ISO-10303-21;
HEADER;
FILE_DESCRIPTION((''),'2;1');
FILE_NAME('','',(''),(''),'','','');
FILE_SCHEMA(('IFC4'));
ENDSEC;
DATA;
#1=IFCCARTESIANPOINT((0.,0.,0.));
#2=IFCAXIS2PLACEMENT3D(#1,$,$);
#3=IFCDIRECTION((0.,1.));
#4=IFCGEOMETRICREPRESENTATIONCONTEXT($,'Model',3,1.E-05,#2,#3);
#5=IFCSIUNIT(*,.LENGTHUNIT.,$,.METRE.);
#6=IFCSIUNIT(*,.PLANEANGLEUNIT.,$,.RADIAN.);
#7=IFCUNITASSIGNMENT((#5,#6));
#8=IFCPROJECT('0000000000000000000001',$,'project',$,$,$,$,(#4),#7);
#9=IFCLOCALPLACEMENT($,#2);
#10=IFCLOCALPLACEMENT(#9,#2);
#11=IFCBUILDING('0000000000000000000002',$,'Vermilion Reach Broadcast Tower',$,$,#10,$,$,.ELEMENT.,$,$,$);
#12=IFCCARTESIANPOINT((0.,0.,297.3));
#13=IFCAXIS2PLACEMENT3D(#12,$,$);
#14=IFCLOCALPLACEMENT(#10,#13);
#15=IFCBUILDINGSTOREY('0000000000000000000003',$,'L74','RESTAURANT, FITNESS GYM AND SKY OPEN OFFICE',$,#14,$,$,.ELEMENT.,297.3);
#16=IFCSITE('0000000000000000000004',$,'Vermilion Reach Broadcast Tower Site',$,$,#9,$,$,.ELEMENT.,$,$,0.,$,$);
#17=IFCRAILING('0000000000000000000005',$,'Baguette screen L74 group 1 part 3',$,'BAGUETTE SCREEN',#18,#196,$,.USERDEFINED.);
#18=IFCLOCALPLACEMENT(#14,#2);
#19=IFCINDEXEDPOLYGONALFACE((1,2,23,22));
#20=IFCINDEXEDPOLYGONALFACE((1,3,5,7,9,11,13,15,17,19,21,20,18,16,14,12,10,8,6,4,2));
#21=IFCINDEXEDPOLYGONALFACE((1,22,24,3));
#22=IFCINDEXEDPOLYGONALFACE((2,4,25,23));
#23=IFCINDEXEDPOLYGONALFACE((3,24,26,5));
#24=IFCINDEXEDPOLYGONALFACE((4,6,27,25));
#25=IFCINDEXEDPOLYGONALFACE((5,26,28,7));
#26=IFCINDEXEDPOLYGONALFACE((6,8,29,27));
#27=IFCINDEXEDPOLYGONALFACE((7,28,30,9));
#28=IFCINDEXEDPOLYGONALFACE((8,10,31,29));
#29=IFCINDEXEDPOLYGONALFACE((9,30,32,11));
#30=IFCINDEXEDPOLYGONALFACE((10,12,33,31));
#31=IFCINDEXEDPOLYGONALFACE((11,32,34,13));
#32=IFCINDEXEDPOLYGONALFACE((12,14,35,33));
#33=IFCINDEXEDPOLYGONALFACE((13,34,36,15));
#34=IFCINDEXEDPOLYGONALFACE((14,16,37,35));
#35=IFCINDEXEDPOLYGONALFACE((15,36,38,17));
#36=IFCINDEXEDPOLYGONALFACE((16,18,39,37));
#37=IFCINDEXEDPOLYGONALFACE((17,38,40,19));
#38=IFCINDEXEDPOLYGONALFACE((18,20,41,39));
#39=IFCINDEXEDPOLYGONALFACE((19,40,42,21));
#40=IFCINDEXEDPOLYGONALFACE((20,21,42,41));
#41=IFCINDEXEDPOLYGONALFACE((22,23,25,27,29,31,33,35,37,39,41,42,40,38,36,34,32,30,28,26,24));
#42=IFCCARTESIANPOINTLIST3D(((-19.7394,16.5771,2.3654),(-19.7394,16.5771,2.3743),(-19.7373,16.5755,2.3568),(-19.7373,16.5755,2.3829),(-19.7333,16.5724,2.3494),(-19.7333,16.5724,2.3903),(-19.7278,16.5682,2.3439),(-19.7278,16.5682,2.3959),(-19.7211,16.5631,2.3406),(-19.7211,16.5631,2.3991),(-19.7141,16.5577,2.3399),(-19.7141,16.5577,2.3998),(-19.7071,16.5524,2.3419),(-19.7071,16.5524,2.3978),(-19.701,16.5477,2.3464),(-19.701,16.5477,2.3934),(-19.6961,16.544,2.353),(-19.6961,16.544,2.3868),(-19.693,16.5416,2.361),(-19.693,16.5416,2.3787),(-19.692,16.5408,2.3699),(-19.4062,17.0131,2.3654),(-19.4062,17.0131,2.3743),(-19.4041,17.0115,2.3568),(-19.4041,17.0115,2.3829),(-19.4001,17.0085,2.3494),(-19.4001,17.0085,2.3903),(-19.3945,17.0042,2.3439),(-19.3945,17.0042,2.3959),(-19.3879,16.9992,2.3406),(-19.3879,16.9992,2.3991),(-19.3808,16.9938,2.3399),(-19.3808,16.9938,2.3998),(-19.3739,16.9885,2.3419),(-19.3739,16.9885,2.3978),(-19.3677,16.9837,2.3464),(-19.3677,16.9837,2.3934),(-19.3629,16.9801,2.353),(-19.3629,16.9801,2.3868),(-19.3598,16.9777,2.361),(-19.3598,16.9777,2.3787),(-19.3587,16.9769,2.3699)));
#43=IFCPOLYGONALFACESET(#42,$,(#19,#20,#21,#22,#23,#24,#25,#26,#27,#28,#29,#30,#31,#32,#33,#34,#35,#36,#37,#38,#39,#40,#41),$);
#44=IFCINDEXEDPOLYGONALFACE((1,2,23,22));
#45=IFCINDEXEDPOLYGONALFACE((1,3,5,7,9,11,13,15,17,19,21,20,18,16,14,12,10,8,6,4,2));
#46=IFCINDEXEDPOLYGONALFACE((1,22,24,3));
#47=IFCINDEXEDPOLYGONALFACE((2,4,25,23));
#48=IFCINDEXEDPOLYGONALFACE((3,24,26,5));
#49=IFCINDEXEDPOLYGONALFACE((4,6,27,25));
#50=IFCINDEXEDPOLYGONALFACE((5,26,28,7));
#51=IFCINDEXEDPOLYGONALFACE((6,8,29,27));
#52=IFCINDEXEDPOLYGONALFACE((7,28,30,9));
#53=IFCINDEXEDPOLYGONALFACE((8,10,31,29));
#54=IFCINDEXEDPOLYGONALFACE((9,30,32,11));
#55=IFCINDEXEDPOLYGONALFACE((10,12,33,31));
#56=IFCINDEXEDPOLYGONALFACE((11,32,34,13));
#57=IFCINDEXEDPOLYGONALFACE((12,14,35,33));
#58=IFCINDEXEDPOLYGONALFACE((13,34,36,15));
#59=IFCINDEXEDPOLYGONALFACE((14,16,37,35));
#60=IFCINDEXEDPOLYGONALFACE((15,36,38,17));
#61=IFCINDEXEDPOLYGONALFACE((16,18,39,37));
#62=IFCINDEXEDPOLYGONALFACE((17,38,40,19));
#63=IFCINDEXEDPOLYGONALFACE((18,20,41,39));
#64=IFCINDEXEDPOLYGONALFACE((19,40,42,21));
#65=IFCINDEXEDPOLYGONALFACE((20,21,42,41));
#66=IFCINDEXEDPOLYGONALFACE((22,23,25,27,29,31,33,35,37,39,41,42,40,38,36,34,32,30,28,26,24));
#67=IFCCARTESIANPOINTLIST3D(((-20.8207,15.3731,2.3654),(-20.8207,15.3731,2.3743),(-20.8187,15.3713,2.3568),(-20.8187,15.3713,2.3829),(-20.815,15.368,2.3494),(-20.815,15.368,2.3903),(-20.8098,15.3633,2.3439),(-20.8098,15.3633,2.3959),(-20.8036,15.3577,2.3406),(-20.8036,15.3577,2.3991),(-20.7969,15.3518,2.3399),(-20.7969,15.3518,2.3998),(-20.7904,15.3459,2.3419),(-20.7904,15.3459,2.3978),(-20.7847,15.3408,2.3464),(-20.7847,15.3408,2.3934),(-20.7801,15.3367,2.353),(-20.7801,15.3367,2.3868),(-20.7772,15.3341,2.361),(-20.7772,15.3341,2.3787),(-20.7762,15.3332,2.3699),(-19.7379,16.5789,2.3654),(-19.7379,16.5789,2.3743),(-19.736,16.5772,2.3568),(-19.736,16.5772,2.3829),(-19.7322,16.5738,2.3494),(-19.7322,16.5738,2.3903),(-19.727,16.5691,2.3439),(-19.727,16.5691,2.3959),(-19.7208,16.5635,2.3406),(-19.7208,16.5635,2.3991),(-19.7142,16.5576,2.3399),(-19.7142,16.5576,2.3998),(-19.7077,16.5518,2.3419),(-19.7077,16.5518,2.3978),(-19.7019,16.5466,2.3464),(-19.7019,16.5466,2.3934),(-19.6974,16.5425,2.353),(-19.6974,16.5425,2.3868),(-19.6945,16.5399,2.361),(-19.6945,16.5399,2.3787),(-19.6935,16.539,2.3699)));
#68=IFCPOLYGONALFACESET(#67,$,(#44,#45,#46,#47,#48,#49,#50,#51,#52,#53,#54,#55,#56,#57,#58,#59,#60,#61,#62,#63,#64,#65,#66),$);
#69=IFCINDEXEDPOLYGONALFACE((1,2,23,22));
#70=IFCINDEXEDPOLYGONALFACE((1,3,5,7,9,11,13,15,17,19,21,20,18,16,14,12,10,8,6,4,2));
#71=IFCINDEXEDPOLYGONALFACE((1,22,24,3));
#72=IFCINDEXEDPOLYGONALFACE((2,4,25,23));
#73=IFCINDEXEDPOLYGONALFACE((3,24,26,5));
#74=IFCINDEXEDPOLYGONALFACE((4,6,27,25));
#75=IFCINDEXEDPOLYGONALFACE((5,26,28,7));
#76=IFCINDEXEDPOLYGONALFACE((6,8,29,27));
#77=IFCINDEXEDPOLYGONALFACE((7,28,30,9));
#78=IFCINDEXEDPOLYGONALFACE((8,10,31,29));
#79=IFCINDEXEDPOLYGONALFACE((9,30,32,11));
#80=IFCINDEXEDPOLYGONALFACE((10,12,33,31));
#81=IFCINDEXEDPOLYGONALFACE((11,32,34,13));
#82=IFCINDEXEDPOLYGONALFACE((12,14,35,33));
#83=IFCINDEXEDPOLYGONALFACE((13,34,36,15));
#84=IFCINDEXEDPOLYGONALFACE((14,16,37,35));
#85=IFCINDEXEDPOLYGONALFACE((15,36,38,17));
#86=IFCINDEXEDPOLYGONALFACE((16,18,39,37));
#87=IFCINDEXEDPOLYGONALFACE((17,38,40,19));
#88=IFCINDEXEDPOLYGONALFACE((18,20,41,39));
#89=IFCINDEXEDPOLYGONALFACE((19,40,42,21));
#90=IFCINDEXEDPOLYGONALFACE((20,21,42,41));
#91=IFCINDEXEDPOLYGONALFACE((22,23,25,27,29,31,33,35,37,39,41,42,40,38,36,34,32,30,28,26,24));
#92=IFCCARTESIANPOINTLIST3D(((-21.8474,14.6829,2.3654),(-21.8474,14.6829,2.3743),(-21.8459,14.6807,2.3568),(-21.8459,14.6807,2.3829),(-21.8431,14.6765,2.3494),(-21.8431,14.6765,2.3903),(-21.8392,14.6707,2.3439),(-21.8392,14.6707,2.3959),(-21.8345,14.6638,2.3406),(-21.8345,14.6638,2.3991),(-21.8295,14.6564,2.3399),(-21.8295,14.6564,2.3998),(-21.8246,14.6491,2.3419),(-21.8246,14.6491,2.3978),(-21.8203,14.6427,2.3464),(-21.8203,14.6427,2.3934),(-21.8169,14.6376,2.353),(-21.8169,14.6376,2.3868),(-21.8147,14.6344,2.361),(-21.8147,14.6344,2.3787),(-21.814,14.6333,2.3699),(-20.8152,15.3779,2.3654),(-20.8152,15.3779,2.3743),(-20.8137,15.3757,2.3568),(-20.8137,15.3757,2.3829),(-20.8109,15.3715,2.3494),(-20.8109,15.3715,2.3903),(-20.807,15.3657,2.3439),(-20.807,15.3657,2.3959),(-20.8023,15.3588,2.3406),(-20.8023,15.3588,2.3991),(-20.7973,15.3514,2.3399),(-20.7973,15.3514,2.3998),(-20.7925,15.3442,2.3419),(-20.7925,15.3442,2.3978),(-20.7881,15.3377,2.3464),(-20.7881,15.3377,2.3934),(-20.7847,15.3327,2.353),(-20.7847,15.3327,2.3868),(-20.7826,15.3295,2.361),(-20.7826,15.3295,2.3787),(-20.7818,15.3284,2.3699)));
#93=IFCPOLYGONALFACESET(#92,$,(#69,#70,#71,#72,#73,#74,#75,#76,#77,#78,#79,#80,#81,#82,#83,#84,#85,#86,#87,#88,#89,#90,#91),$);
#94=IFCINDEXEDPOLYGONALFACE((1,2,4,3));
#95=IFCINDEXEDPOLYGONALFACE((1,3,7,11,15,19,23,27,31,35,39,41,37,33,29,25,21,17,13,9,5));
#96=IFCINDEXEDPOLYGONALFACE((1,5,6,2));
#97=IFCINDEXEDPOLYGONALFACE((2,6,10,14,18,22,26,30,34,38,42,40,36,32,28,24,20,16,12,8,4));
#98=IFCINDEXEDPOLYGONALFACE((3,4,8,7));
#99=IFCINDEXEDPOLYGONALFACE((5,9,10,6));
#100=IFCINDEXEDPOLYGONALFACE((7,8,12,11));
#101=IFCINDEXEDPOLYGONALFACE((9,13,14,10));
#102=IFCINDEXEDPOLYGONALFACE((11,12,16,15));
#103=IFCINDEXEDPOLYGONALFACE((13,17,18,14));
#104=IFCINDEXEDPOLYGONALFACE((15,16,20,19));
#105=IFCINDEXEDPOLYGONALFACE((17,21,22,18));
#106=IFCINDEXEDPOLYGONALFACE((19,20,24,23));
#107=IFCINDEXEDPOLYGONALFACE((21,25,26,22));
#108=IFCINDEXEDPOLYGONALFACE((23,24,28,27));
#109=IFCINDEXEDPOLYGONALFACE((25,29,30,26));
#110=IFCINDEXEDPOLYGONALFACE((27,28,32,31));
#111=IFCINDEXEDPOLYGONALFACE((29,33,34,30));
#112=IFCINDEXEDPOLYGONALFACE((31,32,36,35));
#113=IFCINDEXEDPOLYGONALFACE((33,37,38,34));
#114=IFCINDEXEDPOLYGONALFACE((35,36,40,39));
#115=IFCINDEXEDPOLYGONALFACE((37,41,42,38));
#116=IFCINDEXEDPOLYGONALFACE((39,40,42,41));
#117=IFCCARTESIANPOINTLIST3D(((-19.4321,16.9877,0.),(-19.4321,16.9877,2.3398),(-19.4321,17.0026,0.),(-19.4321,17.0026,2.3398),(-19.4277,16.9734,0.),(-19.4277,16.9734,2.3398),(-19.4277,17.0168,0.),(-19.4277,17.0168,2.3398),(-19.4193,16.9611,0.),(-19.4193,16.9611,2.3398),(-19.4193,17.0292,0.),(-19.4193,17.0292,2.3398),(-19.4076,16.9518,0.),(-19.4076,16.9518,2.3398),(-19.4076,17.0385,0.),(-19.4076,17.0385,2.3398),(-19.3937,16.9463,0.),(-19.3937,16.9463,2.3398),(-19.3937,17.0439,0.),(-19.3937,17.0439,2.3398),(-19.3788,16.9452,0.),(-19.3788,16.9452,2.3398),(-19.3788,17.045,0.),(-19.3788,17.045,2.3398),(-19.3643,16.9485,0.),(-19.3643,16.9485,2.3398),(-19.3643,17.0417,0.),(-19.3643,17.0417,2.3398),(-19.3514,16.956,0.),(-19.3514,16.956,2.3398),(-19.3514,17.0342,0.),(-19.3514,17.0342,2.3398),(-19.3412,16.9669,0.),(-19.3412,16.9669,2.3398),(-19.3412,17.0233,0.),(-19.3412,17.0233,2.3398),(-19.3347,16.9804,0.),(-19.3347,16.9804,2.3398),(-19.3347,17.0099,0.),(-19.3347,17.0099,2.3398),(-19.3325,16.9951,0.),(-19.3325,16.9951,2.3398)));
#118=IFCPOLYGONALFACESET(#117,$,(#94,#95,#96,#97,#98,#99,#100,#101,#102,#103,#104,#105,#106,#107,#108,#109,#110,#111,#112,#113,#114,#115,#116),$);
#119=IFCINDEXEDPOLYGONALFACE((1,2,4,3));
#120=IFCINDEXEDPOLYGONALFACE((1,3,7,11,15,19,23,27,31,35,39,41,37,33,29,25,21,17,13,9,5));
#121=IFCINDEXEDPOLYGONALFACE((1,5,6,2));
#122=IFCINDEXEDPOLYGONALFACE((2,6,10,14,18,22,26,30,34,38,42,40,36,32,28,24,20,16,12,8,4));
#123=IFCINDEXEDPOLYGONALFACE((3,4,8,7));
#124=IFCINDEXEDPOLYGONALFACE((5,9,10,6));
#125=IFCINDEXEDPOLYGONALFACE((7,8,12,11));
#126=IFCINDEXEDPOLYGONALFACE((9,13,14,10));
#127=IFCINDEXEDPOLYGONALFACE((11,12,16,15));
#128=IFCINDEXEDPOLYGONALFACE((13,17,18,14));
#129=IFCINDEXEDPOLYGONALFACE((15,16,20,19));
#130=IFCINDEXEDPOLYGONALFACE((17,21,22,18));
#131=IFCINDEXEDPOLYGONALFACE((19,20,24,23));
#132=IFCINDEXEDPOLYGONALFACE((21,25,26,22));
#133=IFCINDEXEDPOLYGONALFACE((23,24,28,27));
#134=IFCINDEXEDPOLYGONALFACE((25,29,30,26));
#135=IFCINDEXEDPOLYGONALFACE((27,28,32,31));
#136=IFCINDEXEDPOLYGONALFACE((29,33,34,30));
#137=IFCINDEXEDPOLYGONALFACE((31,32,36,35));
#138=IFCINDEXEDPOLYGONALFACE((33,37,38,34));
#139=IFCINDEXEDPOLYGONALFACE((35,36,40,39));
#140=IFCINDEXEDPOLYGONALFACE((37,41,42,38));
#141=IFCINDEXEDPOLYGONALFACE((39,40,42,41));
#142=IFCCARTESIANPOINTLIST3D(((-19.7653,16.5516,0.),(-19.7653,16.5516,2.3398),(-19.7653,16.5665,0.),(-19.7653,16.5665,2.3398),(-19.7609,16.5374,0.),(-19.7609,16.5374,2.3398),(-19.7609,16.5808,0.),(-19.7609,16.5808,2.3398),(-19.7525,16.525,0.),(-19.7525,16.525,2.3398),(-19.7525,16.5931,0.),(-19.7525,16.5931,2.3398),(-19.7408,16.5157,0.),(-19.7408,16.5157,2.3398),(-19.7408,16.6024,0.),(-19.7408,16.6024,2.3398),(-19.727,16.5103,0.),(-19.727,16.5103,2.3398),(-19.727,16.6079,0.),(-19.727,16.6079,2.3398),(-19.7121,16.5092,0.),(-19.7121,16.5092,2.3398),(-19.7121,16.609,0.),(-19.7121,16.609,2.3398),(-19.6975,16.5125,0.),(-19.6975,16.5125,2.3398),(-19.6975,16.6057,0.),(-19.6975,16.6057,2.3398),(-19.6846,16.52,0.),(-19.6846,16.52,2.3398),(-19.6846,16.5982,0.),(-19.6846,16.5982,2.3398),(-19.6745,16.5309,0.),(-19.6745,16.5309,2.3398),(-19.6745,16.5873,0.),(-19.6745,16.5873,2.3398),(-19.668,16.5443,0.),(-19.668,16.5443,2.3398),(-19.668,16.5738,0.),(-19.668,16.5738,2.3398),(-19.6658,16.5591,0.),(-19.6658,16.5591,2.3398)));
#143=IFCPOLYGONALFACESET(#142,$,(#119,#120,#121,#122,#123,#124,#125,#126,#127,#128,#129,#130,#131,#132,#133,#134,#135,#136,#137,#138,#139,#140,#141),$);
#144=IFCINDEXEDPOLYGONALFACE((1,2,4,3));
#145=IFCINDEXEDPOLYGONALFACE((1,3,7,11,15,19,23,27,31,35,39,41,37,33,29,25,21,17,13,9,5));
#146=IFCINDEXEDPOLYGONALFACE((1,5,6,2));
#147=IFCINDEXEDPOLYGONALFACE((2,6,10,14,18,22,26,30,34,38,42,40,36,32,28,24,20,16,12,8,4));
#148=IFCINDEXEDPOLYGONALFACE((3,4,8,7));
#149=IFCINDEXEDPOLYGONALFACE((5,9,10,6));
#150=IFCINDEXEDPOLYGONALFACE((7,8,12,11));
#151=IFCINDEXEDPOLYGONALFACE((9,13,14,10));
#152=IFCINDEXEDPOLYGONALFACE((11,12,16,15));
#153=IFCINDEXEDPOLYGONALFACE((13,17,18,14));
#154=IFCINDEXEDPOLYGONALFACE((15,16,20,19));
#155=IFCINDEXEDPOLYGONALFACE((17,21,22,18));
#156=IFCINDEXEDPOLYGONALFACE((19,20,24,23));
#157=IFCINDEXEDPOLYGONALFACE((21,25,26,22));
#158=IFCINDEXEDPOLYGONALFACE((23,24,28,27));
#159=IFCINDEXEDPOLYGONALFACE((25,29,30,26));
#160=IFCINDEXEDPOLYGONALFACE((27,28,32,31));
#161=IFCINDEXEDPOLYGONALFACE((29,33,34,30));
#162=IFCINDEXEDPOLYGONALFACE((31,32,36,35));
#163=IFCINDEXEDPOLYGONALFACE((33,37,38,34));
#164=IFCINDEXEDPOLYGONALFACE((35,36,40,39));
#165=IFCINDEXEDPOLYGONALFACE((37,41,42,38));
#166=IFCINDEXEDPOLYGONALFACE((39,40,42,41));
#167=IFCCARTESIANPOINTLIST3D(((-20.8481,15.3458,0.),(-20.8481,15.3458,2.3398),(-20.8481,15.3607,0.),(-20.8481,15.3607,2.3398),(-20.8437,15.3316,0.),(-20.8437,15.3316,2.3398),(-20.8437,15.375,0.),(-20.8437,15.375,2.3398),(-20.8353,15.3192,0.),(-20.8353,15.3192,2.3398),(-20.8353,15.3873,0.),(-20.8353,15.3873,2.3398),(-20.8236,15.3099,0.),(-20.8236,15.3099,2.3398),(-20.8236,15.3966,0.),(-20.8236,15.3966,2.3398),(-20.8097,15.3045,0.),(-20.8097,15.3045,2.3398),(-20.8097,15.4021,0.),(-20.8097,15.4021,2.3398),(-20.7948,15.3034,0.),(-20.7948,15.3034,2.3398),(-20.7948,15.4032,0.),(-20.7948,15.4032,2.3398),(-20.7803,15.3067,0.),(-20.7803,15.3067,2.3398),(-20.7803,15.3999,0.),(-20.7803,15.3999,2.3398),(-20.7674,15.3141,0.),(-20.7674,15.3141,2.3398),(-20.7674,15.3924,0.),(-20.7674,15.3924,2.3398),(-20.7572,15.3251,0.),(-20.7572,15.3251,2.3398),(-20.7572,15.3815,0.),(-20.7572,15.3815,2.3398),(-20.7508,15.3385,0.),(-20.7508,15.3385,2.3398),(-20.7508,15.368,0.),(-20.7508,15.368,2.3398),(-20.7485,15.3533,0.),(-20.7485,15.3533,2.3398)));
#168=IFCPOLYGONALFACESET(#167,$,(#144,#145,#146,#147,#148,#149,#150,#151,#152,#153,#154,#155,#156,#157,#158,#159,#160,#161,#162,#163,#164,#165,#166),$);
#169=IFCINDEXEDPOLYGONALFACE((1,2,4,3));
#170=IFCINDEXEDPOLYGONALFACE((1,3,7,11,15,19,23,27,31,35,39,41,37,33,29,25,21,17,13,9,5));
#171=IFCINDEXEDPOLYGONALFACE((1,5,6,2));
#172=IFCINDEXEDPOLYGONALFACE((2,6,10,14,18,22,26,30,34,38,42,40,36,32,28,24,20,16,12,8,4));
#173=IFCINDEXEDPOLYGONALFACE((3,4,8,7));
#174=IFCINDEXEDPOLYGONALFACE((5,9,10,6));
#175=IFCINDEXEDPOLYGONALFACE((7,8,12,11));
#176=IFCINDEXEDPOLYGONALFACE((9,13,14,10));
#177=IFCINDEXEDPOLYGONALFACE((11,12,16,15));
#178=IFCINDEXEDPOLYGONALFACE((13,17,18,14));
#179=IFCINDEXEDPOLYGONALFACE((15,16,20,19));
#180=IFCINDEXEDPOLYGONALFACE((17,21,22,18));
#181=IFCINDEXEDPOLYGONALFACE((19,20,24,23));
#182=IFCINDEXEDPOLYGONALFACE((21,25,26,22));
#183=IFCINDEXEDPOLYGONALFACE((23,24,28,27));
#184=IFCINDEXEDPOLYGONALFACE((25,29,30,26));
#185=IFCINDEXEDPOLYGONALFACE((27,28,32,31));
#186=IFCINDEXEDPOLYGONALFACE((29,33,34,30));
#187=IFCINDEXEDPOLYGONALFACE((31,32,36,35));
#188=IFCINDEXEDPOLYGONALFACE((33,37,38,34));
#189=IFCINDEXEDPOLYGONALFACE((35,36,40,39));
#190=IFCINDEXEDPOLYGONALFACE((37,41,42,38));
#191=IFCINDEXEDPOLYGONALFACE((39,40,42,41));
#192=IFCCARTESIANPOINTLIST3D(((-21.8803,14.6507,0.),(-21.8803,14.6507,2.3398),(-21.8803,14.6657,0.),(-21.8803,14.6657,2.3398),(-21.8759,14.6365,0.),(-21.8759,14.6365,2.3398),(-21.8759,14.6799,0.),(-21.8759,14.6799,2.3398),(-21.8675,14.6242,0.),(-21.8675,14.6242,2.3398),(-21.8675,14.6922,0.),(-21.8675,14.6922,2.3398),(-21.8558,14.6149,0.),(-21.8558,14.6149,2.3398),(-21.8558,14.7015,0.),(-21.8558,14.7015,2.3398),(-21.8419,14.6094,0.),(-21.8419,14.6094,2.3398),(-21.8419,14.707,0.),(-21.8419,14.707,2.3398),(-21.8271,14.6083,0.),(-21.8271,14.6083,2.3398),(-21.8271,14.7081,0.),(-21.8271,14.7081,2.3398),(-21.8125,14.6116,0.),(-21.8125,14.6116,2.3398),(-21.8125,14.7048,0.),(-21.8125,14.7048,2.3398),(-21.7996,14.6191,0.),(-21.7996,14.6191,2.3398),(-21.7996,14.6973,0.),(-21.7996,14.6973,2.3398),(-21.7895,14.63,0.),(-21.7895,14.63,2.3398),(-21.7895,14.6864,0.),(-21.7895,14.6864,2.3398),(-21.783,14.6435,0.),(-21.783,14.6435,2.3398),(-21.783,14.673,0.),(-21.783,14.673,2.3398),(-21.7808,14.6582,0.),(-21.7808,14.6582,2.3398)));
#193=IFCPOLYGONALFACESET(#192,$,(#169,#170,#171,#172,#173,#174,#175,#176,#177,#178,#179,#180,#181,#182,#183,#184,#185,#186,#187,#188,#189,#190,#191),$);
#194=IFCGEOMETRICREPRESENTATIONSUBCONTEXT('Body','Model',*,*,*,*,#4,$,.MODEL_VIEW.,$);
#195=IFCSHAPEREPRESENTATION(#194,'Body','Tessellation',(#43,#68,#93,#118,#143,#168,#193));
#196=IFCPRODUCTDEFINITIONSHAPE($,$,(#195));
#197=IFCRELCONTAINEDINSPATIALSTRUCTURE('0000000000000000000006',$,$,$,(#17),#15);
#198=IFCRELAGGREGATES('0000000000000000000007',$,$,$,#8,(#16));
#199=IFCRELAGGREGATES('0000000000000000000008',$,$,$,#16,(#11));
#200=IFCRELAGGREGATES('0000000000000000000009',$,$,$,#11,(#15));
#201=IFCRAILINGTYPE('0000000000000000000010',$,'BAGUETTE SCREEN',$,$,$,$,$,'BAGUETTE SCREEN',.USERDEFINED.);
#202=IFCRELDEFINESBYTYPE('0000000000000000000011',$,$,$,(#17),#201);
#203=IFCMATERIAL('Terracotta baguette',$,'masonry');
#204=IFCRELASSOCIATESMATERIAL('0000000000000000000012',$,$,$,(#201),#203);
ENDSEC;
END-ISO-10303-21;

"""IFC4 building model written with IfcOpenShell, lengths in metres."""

from ifc_helpers import new_model, si_unit, direction, frame, origin, origin_2d, place, context, subcontext, project, spatial, circle, extrude, material, type_object, element, save


model = new_model("IFC4")

# Units and contexts
model_context = context("Model", 3, precision=1e-05, world=origin(), true_north=direction((0.0, 1.0)))
body_context = subcontext(model_context, "Body", "Model", "MODEL_VIEW")
ifc_project = project(units=[si_unit("LENGTHUNIT", "METRE"), si_unit("PLANEANGLEUNIT", "RADIAN")], contexts=[model_context])

# Site, building, storey
site_placement = place(None, origin())
site = spatial("IfcSite", under=ifc_project, at=site_placement, Name="Vermilion Reach Broadcast Tower Site", CompositionType="ELEMENT", RefElevation=0.0)
building_placement = place(site_placement, origin())
building = spatial("IfcBuilding", under=site, at=building_placement, Name="Vermilion Reach Broadcast Tower", CompositionType="ELEMENT")
storey_placement = place(building_placement, frame((0.0, 0.0, 297.3)))
storey = spatial("IfcBuildingStorey", under=building, at=storey_placement, Name="L74", Description="RESTAURANT, FITNESS GYM AND SKY OPEN OFFICE", CompositionType="ELEMENT", Elevation=297.3)

# Railing
ifc_material_1 = material(Name="Terracotta baguette", Category="masonry")
railing_type = type_object("IfcRailingType", Name="BAGUETTE SCREEN", ElementType="BAGUETTE SCREEN", PredefinedType="USERDEFINED", material=ifc_material_1)
railing_placement = place(storey_placement, frame((-19.3826, 16.9951, 0.0)))
element("IfcRailing", 1, at=railing_placement, inside=storey, type_object=railing_type, Name="Baguette screen L74 group 1 part 3", ObjectType="BAGUETTE SCREEN", PredefinedType="USERDEFINED", context=body_context, shape_type="SweptSolid", body=[
    extrude(circle(Radius=0.03, at=origin_2d()), frame((0.0, 0.0, 2.3699), z_axis=(-0.607235, -0.794522, 0.0), x_axis=(0.794522, -0.607235, 0.0)), (0.0, 0.0, 1.0), 0.5488),
    extrude(circle(Radius=0.03, at=origin_2d()), frame((-0.3333, -0.436, 2.3699), z_axis=(-0.668124, -0.74405, 0.0), x_axis=(0.74405, -0.668124, 0.0)), (0.0, 0.0, 1.0), 1.6206),
    extrude(circle(Radius=0.03, at=origin_2d()), frame((-1.416, -1.6418, 2.3699), z_axis=(-0.829476, -0.558543, 0.0), x_axis=(0.558543, -0.829476, 0.0)), (0.0, 0.0, 1.0), 1.2444),
    extrude(circle(Radius=0.05, at=origin_2d()), origin(), (0.0, 0.0, 1.0), 2.3398),
    extrude(circle(Radius=0.05, at=origin_2d()), frame((-0.3333, -0.436, 0.0)), (0.0, 0.0, 1.0), 2.3398),
    extrude(circle(Radius=0.05, at=origin_2d()), frame((-1.416, -1.6418, 0.0)), (0.0, 0.0, 1.0), 2.3398),
    extrude(circle(Radius=0.05, at=origin_2d()), frame((-2.4482, -2.3369, 0.0)), (0.0, 0.0, 1.0), 2.3398),
])

save(model, "model.ifc")
